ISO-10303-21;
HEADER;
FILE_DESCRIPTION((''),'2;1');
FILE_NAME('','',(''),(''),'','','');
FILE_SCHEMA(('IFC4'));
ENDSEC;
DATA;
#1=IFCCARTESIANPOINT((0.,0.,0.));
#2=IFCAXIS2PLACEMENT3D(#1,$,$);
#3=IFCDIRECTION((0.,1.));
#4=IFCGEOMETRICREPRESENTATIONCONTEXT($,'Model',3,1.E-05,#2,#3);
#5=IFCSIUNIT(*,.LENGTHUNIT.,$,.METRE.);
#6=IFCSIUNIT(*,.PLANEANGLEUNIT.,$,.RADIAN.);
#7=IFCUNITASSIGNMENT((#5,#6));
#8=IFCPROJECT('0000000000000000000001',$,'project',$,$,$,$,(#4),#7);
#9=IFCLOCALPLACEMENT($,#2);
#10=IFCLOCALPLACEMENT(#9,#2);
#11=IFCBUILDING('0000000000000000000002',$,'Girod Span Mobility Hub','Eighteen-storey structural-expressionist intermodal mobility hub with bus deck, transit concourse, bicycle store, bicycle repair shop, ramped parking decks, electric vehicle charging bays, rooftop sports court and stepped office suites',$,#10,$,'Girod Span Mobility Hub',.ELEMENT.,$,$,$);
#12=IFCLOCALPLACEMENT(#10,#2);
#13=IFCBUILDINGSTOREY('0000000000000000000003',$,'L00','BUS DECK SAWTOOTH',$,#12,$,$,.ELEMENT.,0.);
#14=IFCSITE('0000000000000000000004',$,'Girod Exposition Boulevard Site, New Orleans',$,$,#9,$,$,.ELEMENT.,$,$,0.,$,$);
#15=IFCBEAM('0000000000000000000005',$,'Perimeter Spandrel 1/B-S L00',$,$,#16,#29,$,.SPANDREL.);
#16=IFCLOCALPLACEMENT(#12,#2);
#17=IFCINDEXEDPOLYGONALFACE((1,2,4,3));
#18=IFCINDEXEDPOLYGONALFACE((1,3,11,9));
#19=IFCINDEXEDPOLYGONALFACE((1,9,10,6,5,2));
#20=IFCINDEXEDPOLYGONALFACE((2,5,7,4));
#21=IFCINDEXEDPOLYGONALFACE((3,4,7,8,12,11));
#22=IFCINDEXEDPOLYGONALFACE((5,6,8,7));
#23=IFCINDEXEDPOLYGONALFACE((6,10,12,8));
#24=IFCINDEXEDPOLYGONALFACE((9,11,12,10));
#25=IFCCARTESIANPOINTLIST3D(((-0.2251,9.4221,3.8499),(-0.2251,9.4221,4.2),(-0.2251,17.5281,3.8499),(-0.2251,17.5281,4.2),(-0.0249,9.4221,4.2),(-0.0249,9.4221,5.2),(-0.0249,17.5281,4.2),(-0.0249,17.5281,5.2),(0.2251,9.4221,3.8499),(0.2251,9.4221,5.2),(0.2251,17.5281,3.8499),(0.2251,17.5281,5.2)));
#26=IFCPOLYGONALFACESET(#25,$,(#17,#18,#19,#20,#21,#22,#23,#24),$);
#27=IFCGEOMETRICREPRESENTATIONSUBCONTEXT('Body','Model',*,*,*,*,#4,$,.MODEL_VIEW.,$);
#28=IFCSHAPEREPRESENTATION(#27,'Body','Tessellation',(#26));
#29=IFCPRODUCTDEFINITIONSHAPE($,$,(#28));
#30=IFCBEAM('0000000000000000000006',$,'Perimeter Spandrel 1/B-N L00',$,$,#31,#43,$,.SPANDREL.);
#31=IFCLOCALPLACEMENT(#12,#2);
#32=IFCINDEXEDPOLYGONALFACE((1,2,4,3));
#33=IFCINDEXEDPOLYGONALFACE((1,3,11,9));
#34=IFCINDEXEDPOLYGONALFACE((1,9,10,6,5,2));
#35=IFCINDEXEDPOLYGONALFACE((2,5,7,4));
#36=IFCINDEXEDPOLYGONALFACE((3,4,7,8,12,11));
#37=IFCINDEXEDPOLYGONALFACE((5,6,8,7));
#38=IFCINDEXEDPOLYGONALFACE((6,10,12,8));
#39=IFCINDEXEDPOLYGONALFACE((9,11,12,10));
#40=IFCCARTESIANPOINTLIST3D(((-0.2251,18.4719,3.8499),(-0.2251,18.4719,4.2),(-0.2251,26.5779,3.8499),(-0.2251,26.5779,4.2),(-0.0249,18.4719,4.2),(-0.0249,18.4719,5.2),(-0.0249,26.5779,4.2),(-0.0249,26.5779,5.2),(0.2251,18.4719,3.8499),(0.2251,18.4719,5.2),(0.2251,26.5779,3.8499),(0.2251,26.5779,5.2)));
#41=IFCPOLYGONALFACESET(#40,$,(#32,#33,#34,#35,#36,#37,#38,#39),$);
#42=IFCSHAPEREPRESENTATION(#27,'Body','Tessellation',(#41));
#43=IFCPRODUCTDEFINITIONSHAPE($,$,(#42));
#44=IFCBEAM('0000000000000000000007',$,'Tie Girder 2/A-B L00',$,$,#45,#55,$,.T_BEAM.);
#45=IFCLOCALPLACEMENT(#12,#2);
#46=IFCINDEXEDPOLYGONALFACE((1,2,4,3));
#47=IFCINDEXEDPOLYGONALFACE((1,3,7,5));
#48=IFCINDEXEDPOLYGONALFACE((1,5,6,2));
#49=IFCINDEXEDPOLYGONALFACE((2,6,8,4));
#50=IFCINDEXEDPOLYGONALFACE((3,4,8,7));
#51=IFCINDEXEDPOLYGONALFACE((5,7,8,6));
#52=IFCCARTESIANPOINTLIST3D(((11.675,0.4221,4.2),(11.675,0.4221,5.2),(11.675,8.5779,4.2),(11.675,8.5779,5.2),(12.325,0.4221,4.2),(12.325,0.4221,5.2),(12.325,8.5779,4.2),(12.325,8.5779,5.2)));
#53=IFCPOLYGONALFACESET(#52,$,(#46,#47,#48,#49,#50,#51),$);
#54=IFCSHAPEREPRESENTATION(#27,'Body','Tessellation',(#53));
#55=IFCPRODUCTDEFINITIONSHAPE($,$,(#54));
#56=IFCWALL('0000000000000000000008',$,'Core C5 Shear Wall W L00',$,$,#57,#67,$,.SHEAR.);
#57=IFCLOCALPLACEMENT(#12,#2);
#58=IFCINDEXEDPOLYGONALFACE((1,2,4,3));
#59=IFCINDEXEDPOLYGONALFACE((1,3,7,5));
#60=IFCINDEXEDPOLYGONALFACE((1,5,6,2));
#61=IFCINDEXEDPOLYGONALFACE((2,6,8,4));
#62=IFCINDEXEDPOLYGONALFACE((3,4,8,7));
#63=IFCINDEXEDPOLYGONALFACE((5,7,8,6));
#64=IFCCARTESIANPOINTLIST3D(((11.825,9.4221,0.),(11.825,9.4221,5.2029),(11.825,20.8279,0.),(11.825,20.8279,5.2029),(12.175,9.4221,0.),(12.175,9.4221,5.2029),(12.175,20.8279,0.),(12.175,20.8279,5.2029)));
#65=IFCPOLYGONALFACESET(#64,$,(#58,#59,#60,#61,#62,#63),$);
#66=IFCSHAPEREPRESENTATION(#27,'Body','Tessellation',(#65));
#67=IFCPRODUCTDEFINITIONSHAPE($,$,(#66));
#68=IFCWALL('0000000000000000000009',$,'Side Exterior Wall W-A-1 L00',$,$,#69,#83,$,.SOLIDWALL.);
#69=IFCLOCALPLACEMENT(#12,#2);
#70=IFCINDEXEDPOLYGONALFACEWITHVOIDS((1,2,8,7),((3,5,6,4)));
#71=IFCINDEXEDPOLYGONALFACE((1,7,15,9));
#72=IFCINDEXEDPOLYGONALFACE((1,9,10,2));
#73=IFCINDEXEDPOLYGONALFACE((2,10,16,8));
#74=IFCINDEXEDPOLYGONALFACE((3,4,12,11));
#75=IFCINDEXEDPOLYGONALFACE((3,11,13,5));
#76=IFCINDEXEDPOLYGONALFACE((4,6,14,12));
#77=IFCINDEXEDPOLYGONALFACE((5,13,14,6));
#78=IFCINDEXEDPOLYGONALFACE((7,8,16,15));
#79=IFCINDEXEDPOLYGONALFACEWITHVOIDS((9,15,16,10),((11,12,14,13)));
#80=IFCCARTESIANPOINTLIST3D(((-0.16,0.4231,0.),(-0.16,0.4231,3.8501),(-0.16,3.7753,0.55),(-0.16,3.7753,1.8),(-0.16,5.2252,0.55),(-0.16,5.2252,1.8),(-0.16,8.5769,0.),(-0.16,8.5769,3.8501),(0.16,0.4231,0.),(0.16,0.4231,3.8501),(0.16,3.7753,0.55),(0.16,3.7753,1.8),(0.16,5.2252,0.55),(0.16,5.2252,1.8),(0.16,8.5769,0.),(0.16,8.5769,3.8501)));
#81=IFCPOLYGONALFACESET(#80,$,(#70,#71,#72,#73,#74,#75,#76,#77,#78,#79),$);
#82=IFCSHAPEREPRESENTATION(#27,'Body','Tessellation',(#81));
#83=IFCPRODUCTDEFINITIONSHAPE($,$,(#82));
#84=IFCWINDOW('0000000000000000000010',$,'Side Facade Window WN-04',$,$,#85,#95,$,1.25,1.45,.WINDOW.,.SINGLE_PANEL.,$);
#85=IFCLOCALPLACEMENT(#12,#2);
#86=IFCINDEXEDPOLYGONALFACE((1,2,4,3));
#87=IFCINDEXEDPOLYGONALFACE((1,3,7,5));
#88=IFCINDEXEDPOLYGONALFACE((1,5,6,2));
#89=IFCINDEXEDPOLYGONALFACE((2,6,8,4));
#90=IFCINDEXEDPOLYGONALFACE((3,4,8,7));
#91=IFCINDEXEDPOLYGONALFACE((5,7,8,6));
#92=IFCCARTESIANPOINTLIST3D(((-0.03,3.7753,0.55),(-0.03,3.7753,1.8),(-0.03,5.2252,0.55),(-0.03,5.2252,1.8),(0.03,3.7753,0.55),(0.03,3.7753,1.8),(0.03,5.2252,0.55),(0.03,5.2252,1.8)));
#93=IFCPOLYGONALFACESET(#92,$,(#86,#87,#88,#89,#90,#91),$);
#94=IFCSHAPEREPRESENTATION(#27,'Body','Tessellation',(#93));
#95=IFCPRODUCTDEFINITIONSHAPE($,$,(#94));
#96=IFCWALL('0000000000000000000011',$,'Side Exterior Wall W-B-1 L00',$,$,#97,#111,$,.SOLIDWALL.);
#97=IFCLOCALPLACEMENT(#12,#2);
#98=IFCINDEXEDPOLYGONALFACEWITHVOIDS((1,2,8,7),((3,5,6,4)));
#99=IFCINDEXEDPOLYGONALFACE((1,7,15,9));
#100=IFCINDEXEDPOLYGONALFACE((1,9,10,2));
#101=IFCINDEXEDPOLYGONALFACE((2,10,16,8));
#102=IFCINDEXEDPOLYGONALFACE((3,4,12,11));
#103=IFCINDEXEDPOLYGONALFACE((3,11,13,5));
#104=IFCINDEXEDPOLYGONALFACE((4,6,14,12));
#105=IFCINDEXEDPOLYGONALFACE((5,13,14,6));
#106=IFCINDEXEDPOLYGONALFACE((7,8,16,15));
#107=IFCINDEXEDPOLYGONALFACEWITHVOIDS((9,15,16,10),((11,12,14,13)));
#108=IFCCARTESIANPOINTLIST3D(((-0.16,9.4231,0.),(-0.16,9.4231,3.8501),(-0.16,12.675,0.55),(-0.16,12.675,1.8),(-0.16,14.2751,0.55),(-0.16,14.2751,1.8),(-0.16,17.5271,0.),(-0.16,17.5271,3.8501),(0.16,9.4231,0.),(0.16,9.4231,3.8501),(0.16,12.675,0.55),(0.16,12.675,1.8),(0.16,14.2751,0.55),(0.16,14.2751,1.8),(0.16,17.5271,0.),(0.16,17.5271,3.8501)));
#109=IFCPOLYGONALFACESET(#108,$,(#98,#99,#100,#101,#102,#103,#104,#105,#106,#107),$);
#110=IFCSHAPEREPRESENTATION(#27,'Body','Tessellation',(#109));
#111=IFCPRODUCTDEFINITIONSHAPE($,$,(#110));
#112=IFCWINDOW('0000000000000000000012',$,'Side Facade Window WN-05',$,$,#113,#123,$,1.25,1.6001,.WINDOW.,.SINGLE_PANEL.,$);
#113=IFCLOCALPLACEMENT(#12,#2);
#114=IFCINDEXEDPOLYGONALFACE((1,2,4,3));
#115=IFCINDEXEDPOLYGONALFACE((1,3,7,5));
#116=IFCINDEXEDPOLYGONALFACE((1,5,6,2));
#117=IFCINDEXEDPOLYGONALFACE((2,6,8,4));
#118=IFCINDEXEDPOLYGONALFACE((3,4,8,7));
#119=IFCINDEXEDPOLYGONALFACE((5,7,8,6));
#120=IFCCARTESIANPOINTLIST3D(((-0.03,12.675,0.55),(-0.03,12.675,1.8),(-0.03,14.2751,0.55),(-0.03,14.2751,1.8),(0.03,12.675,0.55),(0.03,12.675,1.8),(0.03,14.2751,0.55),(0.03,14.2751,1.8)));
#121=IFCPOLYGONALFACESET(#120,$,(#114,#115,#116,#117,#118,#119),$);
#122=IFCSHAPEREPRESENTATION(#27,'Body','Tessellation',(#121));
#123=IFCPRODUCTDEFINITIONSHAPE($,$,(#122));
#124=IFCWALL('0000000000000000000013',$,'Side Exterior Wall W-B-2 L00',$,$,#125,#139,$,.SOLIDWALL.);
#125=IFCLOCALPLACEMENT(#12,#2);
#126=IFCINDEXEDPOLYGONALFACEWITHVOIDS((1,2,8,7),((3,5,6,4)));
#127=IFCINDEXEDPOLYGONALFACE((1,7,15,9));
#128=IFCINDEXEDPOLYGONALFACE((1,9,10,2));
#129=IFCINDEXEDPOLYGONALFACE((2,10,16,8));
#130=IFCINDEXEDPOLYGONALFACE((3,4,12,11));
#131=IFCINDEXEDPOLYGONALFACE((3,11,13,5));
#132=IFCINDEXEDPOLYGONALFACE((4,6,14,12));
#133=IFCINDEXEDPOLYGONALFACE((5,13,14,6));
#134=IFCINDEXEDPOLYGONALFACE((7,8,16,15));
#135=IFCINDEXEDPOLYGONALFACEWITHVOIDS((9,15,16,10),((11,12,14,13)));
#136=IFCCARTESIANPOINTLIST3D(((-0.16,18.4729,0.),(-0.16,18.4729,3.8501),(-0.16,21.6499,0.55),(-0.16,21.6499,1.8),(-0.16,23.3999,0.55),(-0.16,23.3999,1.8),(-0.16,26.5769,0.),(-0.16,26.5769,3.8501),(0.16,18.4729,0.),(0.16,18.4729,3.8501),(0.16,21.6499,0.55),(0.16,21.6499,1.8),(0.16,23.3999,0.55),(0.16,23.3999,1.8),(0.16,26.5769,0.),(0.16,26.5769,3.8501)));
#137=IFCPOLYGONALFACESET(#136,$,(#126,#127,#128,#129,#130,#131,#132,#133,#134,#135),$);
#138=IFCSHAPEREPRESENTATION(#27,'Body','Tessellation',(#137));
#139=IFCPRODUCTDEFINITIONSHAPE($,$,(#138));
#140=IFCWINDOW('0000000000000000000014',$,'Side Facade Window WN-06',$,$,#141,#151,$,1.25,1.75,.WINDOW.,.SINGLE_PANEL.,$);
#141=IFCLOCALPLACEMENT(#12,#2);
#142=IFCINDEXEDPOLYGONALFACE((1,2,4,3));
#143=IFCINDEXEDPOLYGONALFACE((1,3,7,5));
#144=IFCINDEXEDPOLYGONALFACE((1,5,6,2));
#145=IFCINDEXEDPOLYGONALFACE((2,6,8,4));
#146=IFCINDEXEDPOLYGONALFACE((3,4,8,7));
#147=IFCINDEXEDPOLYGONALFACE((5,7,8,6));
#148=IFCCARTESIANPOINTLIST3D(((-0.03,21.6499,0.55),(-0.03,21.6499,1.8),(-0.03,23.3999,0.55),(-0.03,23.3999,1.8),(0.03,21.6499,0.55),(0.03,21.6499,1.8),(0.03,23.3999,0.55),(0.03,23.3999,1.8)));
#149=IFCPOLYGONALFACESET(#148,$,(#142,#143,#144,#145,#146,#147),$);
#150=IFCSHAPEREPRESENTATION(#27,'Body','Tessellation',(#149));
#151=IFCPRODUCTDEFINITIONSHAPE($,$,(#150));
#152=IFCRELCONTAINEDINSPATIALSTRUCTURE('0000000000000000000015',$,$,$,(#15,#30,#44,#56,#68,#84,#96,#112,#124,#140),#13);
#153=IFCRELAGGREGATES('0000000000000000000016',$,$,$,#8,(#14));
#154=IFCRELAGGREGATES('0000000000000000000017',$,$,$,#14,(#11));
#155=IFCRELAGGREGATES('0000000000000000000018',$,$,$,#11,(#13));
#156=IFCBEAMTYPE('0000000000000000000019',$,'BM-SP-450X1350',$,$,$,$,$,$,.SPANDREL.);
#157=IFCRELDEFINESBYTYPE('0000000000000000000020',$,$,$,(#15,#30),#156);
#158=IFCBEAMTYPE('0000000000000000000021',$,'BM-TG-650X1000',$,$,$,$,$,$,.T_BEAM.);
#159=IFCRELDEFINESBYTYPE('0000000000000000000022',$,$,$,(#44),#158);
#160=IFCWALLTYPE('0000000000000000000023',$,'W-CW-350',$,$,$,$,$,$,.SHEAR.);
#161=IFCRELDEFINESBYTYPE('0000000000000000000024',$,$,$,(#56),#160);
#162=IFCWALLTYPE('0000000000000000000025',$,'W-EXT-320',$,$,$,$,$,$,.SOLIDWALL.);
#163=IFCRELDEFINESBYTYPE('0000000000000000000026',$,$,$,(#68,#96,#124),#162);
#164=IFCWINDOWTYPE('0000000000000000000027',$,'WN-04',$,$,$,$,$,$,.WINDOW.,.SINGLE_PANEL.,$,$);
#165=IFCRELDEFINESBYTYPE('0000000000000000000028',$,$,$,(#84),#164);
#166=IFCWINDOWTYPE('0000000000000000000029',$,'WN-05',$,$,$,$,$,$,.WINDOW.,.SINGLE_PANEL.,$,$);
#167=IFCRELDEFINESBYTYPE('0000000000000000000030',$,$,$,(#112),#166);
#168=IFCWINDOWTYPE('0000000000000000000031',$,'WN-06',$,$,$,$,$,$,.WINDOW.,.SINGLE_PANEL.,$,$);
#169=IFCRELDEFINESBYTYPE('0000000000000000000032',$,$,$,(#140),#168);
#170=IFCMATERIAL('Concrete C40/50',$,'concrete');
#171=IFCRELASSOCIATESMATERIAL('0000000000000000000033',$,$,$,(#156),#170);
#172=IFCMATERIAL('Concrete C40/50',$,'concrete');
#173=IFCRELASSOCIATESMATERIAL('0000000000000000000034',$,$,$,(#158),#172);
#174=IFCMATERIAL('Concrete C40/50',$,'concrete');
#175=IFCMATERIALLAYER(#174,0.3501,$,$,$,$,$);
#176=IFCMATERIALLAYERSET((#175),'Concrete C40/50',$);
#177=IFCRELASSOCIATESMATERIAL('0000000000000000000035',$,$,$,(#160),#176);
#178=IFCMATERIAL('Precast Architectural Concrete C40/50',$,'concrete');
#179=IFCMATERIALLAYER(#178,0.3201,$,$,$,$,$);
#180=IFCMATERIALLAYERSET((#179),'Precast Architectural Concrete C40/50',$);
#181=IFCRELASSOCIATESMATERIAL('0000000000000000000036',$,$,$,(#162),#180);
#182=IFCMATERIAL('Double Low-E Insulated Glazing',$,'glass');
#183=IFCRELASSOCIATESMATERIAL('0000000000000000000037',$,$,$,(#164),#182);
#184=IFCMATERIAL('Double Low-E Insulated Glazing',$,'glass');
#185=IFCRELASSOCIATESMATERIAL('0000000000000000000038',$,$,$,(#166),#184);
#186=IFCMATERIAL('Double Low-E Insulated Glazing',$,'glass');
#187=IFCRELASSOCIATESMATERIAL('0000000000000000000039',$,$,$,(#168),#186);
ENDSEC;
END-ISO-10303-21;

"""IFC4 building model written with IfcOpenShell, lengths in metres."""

from ifc_helpers import new_model, si_unit, direction, frame, frame_2d, origin, origin_2d, place, context, subcontext, project, spatial, polyline, rectangle, outline, extrude, material, layer, layer_set, material_profile, profile_set, type_object, element, fill, save


model = new_model("IFC4")

# Units and contexts
model_context = context("Model", 3, precision=1e-05, world=origin(), true_north=direction((0.0, 1.0)))
body_context = subcontext(model_context, "Body", "Model", "MODEL_VIEW")
ifc_project = project(units=[si_unit("LENGTHUNIT", "METRE"), si_unit("PLANEANGLEUNIT", "RADIAN")], contexts=[model_context])

# Site, building, storey
site_placement = place(None, origin())
site = spatial("IfcSite", under=ifc_project, at=site_placement, Name="Girod Exposition Boulevard Site, New Orleans", CompositionType="ELEMENT", RefElevation=0.0)
building_placement = place(site_placement, origin())
building = spatial("IfcBuilding", under=site, at=building_placement, Name="Girod Span Mobility Hub", Description="Eighteen-storey structural-expressionist intermodal mobility hub with bus deck, transit concourse, bicycle store, bicycle repair shop, ramped parking decks, electric vehicle charging bays, rooftop sports court and stepped office suites", LongName="Girod Span Mobility Hub", CompositionType="ELEMENT")
storey_placement = place(building_placement, origin())
storey = spatial("IfcBuildingStorey", under=building, at=storey_placement, Name="L00", Description="BUS DECK SAWTOOTH", CompositionType="ELEMENT", Elevation=0.0)

# Beams
ifc_material_1 = material(Name="Concrete C40/50", Category="concrete")
ifc_material_profile_1 = material_profile(ifc_material_1, outline(polyline([(-0.2251, -0.675), (0.2251, -0.675), (0.2251, -0.325), (0.0249, -0.325), (0.0249, 0.675), (-0.2251, 0.675), (-0.2251, -0.675)])), Name="SP-450X1350")
ifc_profile_set_1 = profile_set([ifc_material_profile_1], Name="Concrete C40/50")
beam_type_1 = type_object("IfcBeamType", Name="BM-SP-450X1350", PredefinedType="SPANDREL", material=ifc_profile_set_1)
for number, where, z_axis, x_axis, name in (
    (1, (0.0, 9.4221, 4.5249), (0.0, 1.0, 0.0), (-1.0, 0.0, 0.0), "Perimeter Spandrel 1/B-S L00"),
    (2, (0.0, 18.4719, 4.5249), (0.0, 1.0, 0.0), (-1.0, 0.0, 0.0), "Perimeter Spandrel 1/B-N L00"),
):
    element("IfcBeam", number, at=place(storey_placement, frame(where, z_axis=z_axis, x_axis=x_axis)), inside=storey, type_object=beam_type_1, Name=name, PredefinedType="SPANDREL", context=body_context, shape_type="SweptSolid", body=[
        extrude(outline(polyline([(-0.2251, -0.675), (0.2251, -0.675), (0.2251, -0.325), (0.0249, -0.325), (0.0249, 0.675), (-0.2251, 0.675), (-0.2251, -0.675)])), origin(), (0.0, 0.0, 1.0), 8.106),
    ])
ifc_material_2 = material(Name="Concrete C40/50", Category="concrete")
ifc_material_profile_2 = material_profile(ifc_material_2, rectangle(XDim=0.6499, YDim=1.0, at=origin_2d()), Name="TG-650X1000")
ifc_profile_set_2 = profile_set([ifc_material_profile_2], Name="Concrete C40/50")
beam_type_2 = type_object("IfcBeamType", Name="BM-TG-650X1000", PredefinedType="T_BEAM", material=ifc_profile_set_2)
beam_1_placement = place(storey_placement, frame((12.0, 0.4221, 4.7), z_axis=(0.0, 1.0, 0.0), x_axis=(-1.0, 0.0, 0.0)))
element("IfcBeam", 3, at=beam_1_placement, inside=storey, type_object=beam_type_2, Name="Tie Girder 2/A-B L00", PredefinedType="T_BEAM", context=body_context, shape_type="SweptSolid", body=[
    extrude(rectangle(XDim=0.6499, YDim=1.0, at=origin_2d()), origin(), (0.0, 0.0, 1.0), 8.1558),
])

# Wall
ifc_material_3 = material(Name="Concrete C40/50", Category="concrete")
ifc_layer_1 = layer(ifc_material_3, 0.3501)
ifc_layer_set_1 = layer_set([ifc_layer_1], Name="Concrete C40/50")
wall_type_1 = type_object("IfcWallType", Name="W-CW-350", PredefinedType="SHEAR", material=ifc_layer_set_1)
wall_1_placement = place(storey_placement, frame((12.0, 9.4221, 0.0), z_axis=(0.0, 0.0, 1.0), x_axis=(0.0, 1.0, 0.0)))
element("IfcWall", 4, at=wall_1_placement, inside=storey, type_object=wall_type_1, Name="Core C5 Shear Wall W L00", PredefinedType="SHEAR", context=body_context, shape_type="SweptSolid", body=[
    extrude(rectangle(XDim=11.4058, YDim=0.3501, at=frame_2d((5.7029, 0.0))), origin(), (0.0, 0.0, 1.0), 5.2029),
])

# Walls, openings, windows
ifc_material_4 = material(Name="Precast Architectural Concrete C40/50", Category="concrete")
ifc_layer_2 = layer(ifc_material_4, 0.3201)
ifc_layer_set_2 = layer_set([ifc_layer_2], Name="Precast Architectural Concrete C40/50")
wall_type_2 = type_object("IfcWallType", Name="W-EXT-320", PredefinedType="SOLIDWALL", material=ifc_layer_set_2)
wall_2_placement = place(storey_placement, frame((0.0, 0.4231, 0.0), z_axis=(0.0, 0.0, 1.0), x_axis=(0.0, 1.0, 0.0)))
wall_2 = element("IfcWall", 5, at=wall_2_placement, inside=storey, type_object=wall_type_2, Name="Side Exterior Wall W-A-1 L00", PredefinedType="SOLIDWALL", context=body_context, shape_type="SweptSolid", body=[
    extrude(rectangle(XDim=8.1538, YDim=0.3201, at=frame_2d((4.0769, 0.0))), origin(), (0.0, 0.0, 1.0), 3.8501),
])
opening_1_placement = place(wall_2_placement, frame((3.3521, 0.0, 0.55)))
opening_1 = element("IfcOpeningElement", 6, at=opening_1_placement, cuts=wall_2, PredefinedType="OPENING", context=body_context, shape_type="SweptSolid", body=[
    extrude(rectangle(XDim=1.45, YDim=1.25, at=frame_2d((0.7251, 0.625))), frame((0.0, 0.175, 0.0), z_axis=(0.0, -1.0, 0.0), x_axis=(1.0, 0.0, 0.0)), (0.0, 0.0, 1.0), 0.3501),
])
ifc_material_5 = material(Name="Double Low-E Insulated Glazing", Category="glass")
window_type_1 = type_object("IfcWindowType", Name="WN-04", PartitioningType="SINGLE_PANEL", PredefinedType="WINDOW", material=ifc_material_5)
window_1_placement = place(opening_1_placement, origin())
window_1 = element("IfcWindow", 7, at=window_1_placement, inside=storey, type_object=window_type_1, Name="Side Facade Window WN-04", OverallHeight=1.25, OverallWidth=1.45, PartitioningType="SINGLE_PANEL", PredefinedType="WINDOW", context=body_context, shape_type="SweptSolid", body=[
    extrude(rectangle(XDim=1.45, YDim=1.25, at=frame_2d((0.7251, 0.625))), frame((0.0, 0.03, 0.0), z_axis=(0.0, -1.0, 0.0), x_axis=(1.0, 0.0, 0.0)), (0.0, 0.0, 1.0), 0.0601),
])
fill(opening_1, window_1)
wall_3_placement = place(storey_placement, frame((0.0, 9.4231, 0.0), z_axis=(0.0, 0.0, 1.0), x_axis=(0.0, 1.0, 0.0)))
wall_3 = element("IfcWall", 8, at=wall_3_placement, inside=storey, type_object=wall_type_2, Name="Side Exterior Wall W-B-1 L00", PredefinedType="SOLIDWALL", context=body_context, shape_type="SweptSolid", body=[
    extrude(rectangle(XDim=8.104, YDim=0.3201, at=frame_2d((4.052, 0.0))), origin(), (0.0, 0.0, 1.0), 3.8501),
])
opening_2_placement = place(wall_3_placement, frame((3.252, 0.0, 0.55)))
opening_2 = element("IfcOpeningElement", 9, at=opening_2_placement, cuts=wall_3, PredefinedType="OPENING", context=body_context, shape_type="SweptSolid", body=[
    extrude(rectangle(XDim=1.6001, YDim=1.25, at=frame_2d((0.8, 0.625))), frame((0.0, 0.175, 0.0), z_axis=(0.0, -1.0, 0.0), x_axis=(1.0, 0.0, 0.0)), (0.0, 0.0, 1.0), 0.3501),
])
ifc_material_6 = material(Name="Double Low-E Insulated Glazing", Category="glass")
window_type_2 = type_object("IfcWindowType", Name="WN-05", PartitioningType="SINGLE_PANEL", PredefinedType="WINDOW", material=ifc_material_6)
window_2_placement = place(opening_2_placement, origin())
window_2 = element("IfcWindow", 10, at=window_2_placement, inside=storey, type_object=window_type_2, Name="Side Facade Window WN-05", OverallHeight=1.25, OverallWidth=1.6001, PartitioningType="SINGLE_PANEL", PredefinedType="WINDOW", context=body_context, shape_type="SweptSolid", body=[
    extrude(rectangle(XDim=1.6001, YDim=1.25, at=frame_2d((0.8, 0.625))), frame((0.0, 0.03, 0.0), z_axis=(0.0, -1.0, 0.0), x_axis=(1.0, 0.0, 0.0)), (0.0, 0.0, 1.0), 0.0601),
])
fill(opening_2, window_2)
wall_4_placement = place(storey_placement, frame((0.0, 18.4729, 0.0), z_axis=(0.0, 0.0, 1.0), x_axis=(0.0, 1.0, 0.0)))
wall_4 = element("IfcWall", 11, at=wall_4_placement, inside=storey, type_object=wall_type_2, Name="Side Exterior Wall W-B-2 L00", PredefinedType="SOLIDWALL", context=body_context, shape_type="SweptSolid", body=[
    extrude(rectangle(XDim=8.104, YDim=0.3201, at=frame_2d((4.052, 0.0))), origin(), (0.0, 0.0, 1.0), 3.8501),
])
opening_3_placement = place(wall_4_placement, frame((3.177, 0.0, 0.55)))
opening_3 = element("IfcOpeningElement", 12, at=opening_3_placement, cuts=wall_4, PredefinedType="OPENING", context=body_context, shape_type="SweptSolid", body=[
    extrude(rectangle(XDim=1.75, YDim=1.25, at=frame_2d((0.875, 0.625))), frame((0.0, 0.175, 0.0), z_axis=(0.0, -1.0, 0.0), x_axis=(1.0, 0.0, 0.0)), (0.0, 0.0, 1.0), 0.3501),
])
ifc_material_7 = material(Name="Double Low-E Insulated Glazing", Category="glass")
window_type_3 = type_object("IfcWindowType", Name="WN-06", PartitioningType="SINGLE_PANEL", PredefinedType="WINDOW", material=ifc_material_7)
window_3_placement = place(opening_3_placement, origin())
window_3 = element("IfcWindow", 13, at=window_3_placement, inside=storey, type_object=window_type_3, Name="Side Facade Window WN-06", OverallHeight=1.25, OverallWidth=1.75, PartitioningType="SINGLE_PANEL", PredefinedType="WINDOW", context=body_context, shape_type="SweptSolid", body=[
    extrude(rectangle(XDim=1.75, YDim=1.25, at=frame_2d((0.875, 0.625))), frame((0.0, 0.03, 0.0), z_axis=(0.0, -1.0, 0.0), x_axis=(1.0, 0.0, 0.0)), (0.0, 0.0, 1.0), 0.0601),
])
fill(opening_3, window_3)

save(model, "model.ifc")
